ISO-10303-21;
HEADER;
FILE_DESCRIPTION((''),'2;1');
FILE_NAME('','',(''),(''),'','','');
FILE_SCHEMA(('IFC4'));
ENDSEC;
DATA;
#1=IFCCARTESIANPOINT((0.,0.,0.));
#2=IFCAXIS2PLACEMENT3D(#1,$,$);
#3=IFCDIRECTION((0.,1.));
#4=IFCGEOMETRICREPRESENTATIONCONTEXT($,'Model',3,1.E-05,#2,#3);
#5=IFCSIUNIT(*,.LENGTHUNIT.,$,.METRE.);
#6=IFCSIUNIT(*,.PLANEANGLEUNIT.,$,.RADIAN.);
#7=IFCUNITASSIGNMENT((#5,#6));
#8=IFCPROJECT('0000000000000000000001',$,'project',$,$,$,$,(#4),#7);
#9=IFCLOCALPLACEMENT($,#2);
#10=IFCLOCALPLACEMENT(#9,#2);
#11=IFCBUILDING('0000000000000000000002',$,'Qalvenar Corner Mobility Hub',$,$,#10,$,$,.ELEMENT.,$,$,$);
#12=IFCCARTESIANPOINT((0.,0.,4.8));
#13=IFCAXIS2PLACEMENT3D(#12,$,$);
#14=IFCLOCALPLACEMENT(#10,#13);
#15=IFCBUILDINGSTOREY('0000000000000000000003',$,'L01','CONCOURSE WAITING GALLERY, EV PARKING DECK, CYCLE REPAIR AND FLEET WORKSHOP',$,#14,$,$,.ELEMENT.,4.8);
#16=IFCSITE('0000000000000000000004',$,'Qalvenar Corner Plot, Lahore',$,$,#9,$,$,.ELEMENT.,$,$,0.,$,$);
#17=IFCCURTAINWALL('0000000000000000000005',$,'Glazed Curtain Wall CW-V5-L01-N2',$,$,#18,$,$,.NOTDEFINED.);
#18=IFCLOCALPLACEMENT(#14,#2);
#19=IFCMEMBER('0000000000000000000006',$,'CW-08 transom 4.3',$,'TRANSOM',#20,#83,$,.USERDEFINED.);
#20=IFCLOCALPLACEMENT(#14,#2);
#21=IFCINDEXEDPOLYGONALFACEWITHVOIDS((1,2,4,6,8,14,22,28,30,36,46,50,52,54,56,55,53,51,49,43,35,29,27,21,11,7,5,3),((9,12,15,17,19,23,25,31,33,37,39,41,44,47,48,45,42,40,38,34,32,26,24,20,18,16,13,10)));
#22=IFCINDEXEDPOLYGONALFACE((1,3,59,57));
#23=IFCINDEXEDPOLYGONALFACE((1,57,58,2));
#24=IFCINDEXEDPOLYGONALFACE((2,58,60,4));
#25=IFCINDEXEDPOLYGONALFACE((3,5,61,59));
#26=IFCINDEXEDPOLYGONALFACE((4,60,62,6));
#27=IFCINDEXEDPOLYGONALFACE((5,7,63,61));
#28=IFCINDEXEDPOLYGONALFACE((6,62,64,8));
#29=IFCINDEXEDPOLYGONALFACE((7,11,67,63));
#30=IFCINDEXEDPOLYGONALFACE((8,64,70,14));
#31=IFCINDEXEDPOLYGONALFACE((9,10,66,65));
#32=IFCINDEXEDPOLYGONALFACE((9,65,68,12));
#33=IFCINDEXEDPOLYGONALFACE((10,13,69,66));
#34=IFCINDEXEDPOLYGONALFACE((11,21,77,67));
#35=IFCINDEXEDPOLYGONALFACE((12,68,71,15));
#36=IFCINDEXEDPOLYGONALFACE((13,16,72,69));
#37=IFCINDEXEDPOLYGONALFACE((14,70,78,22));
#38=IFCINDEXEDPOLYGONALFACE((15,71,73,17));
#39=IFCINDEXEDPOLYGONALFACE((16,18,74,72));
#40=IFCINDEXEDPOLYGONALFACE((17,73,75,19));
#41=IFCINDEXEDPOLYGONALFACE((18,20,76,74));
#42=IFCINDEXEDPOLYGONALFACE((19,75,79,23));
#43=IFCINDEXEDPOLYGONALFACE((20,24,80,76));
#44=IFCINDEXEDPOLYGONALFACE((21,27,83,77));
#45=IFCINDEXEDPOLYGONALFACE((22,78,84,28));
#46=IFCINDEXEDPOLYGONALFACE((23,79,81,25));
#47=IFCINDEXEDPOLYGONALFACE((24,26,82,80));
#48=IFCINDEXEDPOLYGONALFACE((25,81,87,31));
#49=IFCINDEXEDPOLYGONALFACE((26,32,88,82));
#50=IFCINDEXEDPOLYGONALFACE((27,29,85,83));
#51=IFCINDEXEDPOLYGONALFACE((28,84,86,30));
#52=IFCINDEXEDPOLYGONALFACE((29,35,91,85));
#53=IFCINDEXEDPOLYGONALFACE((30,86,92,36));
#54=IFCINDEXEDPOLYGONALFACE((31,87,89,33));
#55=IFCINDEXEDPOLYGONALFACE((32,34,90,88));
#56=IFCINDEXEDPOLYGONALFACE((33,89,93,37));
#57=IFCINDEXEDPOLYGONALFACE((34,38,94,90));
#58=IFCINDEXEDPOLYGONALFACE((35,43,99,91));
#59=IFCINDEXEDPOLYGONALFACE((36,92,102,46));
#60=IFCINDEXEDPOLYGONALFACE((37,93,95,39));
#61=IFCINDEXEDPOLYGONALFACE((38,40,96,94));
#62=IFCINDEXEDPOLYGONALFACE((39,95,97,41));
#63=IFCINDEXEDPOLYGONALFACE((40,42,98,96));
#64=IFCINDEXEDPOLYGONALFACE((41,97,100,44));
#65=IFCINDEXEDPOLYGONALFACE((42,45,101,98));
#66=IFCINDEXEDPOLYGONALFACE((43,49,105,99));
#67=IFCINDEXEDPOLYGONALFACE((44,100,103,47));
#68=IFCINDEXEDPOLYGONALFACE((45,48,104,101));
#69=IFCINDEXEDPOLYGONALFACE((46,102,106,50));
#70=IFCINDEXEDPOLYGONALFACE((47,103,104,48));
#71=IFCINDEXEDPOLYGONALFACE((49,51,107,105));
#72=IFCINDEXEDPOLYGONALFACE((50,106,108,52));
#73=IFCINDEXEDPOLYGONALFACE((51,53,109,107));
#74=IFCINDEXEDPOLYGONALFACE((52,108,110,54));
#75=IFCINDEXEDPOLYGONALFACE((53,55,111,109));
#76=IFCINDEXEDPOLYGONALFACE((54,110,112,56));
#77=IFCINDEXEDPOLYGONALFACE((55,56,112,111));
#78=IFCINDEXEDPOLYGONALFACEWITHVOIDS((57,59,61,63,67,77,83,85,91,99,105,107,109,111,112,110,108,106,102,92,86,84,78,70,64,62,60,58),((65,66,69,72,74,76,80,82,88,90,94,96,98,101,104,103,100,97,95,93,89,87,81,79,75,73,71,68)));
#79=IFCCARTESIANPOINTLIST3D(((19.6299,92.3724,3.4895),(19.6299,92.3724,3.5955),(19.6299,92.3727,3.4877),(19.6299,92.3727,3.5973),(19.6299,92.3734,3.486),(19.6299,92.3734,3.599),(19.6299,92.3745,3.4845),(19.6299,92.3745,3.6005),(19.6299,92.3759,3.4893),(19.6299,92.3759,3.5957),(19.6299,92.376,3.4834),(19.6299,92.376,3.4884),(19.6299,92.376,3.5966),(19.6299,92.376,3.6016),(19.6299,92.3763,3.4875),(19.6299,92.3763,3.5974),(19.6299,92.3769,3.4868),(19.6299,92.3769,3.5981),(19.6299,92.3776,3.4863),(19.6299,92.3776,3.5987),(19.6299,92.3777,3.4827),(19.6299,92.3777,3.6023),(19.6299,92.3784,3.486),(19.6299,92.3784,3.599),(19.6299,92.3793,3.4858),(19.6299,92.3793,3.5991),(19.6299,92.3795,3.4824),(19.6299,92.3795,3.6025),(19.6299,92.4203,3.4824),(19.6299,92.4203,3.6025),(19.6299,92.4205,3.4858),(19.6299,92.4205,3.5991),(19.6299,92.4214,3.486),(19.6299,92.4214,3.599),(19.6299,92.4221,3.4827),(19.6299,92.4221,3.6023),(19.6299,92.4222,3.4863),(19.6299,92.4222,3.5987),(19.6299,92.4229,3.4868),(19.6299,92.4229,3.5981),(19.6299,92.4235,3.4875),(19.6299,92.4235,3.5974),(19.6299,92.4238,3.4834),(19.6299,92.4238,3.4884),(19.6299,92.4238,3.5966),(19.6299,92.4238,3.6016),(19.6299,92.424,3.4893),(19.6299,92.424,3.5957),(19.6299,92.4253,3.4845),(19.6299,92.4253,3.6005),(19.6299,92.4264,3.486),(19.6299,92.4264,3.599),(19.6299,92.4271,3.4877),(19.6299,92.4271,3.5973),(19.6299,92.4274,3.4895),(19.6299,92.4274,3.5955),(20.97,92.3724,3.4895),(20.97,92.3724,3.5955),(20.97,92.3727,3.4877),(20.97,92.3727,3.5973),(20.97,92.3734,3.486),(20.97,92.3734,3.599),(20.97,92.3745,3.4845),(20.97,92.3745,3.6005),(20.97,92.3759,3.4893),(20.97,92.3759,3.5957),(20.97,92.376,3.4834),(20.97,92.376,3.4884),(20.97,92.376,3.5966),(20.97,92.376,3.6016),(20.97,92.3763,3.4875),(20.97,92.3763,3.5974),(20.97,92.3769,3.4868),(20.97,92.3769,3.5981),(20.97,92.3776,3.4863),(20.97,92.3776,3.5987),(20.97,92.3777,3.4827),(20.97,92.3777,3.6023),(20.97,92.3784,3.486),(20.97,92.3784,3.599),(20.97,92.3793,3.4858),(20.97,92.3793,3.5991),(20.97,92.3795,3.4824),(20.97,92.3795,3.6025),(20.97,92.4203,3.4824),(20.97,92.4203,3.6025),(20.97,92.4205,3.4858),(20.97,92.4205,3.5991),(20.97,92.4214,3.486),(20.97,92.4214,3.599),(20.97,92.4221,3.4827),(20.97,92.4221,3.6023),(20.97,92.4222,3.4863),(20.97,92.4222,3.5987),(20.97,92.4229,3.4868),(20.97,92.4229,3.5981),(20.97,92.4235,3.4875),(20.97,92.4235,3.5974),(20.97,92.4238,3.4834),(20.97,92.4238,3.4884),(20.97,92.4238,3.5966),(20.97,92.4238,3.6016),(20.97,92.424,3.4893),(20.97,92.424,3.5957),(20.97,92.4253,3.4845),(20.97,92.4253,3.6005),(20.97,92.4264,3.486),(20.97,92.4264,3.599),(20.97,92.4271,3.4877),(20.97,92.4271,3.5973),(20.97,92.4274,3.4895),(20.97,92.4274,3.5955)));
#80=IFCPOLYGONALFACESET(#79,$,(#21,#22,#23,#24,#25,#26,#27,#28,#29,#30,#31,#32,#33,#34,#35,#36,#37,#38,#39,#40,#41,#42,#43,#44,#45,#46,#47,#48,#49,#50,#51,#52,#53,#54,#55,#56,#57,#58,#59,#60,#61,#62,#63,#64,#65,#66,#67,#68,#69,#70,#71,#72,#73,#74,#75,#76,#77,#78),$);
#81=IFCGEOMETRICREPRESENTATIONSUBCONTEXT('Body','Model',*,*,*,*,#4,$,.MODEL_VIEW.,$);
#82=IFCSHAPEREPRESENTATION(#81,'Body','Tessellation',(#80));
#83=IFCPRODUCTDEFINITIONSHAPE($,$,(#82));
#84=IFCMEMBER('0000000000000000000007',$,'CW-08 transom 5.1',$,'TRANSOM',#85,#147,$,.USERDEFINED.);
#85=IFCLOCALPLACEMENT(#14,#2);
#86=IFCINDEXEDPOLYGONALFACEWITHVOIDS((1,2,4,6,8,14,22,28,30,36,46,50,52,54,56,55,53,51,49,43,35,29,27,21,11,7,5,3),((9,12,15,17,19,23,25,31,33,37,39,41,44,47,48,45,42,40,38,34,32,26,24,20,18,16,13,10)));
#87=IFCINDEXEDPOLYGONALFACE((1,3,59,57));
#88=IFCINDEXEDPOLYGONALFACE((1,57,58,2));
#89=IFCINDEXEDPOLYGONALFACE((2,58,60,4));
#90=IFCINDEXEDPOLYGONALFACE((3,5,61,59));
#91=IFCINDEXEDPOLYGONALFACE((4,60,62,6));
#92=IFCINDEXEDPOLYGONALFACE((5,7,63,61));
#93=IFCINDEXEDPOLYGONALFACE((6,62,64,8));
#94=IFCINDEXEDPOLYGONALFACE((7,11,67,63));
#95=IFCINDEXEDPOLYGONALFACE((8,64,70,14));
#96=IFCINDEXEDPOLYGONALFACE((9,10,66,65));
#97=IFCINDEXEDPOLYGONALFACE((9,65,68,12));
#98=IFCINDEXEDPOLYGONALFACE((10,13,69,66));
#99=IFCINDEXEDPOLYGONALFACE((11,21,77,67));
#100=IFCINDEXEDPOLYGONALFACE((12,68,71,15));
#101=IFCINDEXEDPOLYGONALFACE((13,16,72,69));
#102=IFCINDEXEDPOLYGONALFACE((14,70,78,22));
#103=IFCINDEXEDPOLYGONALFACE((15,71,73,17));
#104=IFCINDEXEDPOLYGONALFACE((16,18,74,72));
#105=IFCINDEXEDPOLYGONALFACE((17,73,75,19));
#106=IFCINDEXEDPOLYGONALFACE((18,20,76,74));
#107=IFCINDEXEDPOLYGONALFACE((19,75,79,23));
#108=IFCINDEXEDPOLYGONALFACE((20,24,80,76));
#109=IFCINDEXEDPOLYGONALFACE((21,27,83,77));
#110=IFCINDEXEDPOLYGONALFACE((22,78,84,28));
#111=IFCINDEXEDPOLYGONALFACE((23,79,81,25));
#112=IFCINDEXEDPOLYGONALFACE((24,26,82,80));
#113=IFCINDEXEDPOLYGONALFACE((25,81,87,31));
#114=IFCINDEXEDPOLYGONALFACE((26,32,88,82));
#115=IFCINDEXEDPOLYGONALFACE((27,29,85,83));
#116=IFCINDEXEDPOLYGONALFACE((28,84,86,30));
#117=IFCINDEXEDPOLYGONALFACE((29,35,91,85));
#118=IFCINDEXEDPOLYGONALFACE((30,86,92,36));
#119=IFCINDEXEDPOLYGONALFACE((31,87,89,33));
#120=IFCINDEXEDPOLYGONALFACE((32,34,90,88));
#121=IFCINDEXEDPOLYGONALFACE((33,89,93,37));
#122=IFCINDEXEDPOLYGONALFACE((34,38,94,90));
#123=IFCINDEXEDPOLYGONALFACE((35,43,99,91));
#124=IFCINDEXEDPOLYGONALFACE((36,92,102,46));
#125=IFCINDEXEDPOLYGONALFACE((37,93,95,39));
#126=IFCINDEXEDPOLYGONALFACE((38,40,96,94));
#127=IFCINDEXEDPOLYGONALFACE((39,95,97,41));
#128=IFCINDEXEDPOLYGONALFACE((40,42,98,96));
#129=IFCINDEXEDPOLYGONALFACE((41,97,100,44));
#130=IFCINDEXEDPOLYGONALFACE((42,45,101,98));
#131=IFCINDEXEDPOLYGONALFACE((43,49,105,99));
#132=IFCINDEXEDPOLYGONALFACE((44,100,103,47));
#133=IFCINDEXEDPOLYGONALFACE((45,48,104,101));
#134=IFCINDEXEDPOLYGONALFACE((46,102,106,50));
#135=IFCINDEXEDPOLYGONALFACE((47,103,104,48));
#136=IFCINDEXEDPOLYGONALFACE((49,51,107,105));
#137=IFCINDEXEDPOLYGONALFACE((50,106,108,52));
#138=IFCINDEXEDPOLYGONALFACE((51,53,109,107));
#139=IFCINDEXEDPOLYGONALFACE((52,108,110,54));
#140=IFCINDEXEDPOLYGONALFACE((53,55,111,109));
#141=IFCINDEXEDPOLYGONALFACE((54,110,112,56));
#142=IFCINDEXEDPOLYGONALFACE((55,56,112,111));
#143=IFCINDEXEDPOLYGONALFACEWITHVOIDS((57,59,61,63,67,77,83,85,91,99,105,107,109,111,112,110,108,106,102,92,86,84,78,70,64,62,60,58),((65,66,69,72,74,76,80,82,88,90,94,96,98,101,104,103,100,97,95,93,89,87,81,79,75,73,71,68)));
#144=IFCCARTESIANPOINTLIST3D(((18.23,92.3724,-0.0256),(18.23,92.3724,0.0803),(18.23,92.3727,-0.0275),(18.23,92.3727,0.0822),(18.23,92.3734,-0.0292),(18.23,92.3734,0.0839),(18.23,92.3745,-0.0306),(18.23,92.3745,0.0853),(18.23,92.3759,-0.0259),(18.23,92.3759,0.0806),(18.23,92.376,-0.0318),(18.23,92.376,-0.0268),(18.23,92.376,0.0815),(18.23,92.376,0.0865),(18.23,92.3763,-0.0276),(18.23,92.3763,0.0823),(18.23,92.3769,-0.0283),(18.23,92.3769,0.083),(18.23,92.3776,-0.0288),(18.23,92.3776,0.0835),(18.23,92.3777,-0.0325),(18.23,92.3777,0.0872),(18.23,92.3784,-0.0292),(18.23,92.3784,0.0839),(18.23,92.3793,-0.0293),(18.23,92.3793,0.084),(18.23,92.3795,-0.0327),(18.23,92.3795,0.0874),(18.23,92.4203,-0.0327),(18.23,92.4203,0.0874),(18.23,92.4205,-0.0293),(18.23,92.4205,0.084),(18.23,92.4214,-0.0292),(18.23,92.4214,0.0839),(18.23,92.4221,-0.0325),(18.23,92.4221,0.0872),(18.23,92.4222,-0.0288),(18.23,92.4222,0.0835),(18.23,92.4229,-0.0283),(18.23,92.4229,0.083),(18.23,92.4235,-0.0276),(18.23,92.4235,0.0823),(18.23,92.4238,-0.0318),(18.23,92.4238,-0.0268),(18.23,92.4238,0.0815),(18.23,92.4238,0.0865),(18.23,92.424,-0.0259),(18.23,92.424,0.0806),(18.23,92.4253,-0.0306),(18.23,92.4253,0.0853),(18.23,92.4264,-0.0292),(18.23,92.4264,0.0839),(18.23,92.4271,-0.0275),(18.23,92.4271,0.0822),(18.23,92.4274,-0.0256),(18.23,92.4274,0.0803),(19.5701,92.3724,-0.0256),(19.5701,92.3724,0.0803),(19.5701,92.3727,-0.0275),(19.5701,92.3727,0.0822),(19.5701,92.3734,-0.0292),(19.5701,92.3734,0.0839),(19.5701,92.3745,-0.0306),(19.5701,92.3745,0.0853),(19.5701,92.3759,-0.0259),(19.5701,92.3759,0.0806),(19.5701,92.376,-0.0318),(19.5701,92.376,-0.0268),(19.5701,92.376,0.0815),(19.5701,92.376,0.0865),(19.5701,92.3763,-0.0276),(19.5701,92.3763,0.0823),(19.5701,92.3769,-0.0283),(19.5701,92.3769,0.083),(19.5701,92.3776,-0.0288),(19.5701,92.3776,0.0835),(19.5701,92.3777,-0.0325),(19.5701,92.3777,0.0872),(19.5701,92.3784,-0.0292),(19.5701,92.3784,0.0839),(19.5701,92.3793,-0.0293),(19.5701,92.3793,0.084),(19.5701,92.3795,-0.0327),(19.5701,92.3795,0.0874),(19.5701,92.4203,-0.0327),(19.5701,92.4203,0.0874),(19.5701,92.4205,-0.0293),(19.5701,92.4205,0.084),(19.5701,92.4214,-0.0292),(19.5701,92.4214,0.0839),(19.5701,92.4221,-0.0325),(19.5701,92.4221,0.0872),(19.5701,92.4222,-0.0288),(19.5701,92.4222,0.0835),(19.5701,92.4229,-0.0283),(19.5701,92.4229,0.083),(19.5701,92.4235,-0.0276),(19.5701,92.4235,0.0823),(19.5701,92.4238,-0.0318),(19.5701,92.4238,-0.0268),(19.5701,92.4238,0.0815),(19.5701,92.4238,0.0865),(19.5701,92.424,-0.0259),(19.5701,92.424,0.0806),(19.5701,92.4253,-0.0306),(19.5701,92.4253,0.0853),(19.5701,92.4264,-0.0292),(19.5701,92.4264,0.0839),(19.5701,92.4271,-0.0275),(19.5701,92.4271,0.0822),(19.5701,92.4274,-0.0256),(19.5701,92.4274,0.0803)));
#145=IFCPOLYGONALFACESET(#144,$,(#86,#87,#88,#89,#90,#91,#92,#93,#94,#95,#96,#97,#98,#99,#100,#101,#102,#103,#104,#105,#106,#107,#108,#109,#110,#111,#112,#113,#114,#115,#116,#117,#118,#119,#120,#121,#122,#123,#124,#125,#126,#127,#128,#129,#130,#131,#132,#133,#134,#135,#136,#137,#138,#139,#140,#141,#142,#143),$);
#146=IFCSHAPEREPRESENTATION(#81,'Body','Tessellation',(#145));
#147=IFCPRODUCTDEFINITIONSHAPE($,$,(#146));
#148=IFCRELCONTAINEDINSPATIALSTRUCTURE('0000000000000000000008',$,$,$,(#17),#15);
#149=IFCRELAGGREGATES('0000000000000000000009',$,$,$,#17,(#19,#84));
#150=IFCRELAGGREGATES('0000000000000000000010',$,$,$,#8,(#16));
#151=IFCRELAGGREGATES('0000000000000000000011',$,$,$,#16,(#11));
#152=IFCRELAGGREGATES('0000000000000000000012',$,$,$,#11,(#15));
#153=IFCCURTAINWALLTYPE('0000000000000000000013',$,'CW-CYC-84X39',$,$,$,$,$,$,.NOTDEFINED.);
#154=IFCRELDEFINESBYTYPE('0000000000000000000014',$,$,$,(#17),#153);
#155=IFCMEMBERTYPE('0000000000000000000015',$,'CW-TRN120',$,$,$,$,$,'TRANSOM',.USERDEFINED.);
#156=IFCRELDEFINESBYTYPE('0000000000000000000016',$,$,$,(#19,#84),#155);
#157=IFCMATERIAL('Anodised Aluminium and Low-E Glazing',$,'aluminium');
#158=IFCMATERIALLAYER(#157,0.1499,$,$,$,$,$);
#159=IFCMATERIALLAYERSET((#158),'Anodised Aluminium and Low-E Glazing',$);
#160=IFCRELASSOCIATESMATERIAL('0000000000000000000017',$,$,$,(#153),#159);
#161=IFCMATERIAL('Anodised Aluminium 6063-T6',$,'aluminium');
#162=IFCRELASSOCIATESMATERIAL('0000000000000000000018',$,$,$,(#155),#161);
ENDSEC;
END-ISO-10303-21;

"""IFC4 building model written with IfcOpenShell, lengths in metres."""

from ifc_helpers import new_model, si_unit, direction, frame, origin, origin_2d, place, context, subcontext, project, spatial, hollow_rectangle, extrude, material, layer, layer_set, material_profile, profile_set, type_object, element, aggregate, save


model = new_model("IFC4")

# Units and contexts
model_context = context("Model", 3, precision=1e-05, world=origin(), true_north=direction((0.0, 1.0)))
body_context = subcontext(model_context, "Body", "Model", "MODEL_VIEW")
ifc_project = project(units=[si_unit("LENGTHUNIT", "METRE"), si_unit("PLANEANGLEUNIT", "RADIAN")], contexts=[model_context])

# Site, building, storey
site_placement = place(None, origin())
site = spatial("IfcSite", under=ifc_project, at=site_placement, Name="Qalvenar Corner Plot, Lahore", CompositionType="ELEMENT", RefElevation=0.0)
building_placement = place(site_placement, origin())
building = spatial("IfcBuilding", under=site, at=building_placement, Name="Qalvenar Corner Mobility Hub", CompositionType="ELEMENT")
storey_placement = place(building_placement, frame((0.0, 0.0, 4.8)))
storey = spatial("IfcBuildingStorey", under=building, at=storey_placement, Name="L01", Description="CONCOURSE WAITING GALLERY, EV PARKING DECK, CYCLE REPAIR AND FLEET WORKSHOP", CompositionType="ELEMENT", Elevation=4.8)

# Curtain wall, members
ifc_material_1 = material(Name="Anodised Aluminium and Low-E Glazing", Category="aluminium")
ifc_layer_1 = layer(ifc_material_1, 0.1499)
ifc_layer_set_1 = layer_set([ifc_layer_1], Name="Anodised Aluminium and Low-E Glazing")
curtain_wall_type = type_object("IfcCurtainWallType", Name="CW-CYC-84X39", PredefinedType="NOTDEFINED", material=ifc_layer_set_1)
curtain_wall_placement = place(storey_placement, origin())
curtain_wall = element("IfcCurtainWall", 1, at=curtain_wall_placement, inside=storey, type_object=curtain_wall_type, Name="Glazed Curtain Wall CW-V5-L01-N2", PredefinedType="NOTDEFINED")
ifc_material_2 = material(Name="Anodised Aluminium 6063-T6", Category="aluminium")
ifc_material_profile_1 = material_profile(ifc_material_2, hollow_rectangle(XDim=0.0549, YDim=0.1201, WallThickness=0.0034, InnerFilletRadius=0.0034, OuterFilletRadius=0.0071, at=origin_2d()), Name="RHS120x55x3.5")
ifc_profile_set_1 = profile_set([ifc_material_profile_1], Name="Anodised Aluminium 6063-T6")
member_type_1 = type_object("IfcMemberType", Name="CW-TRN120", ElementType="TRANSOM", PredefinedType="USERDEFINED", material=ifc_profile_set_1)
member_1_placement = place(storey_placement, frame((20.97, 92.3999, 3.5425), z_axis=(-1.0, 0.0, 0.0), x_axis=(0.0, -1.0, 0.0)))
member_1 = element("IfcMember", 2, at=member_1_placement, type_object=member_type_1, Name="CW-08 transom 4.3", ObjectType="TRANSOM", PredefinedType="USERDEFINED", context=body_context, shape_type="SweptSolid", body=[
    extrude(hollow_rectangle(XDim=0.0549, YDim=0.1201, WallThickness=0.0034, InnerFilletRadius=0.0034, OuterFilletRadius=0.0071, at=origin_2d()), origin(), (0.0, 0.0, 1.0), 1.3401),
])
member_2_placement = place(storey_placement, frame((19.5701, 92.3999, 0.0273), z_axis=(-1.0, 0.0, 0.0), x_axis=(0.0, -1.0, 0.0)))
member_2 = element("IfcMember", 3, at=member_2_placement, type_object=member_type_1, Name="CW-08 transom 5.1", ObjectType="TRANSOM", PredefinedType="USERDEFINED", context=body_context, shape_type="SweptSolid", body=[
    extrude(hollow_rectangle(XDim=0.0549, YDim=0.1201, WallThickness=0.0034, InnerFilletRadius=0.0034, OuterFilletRadius=0.0071, at=origin_2d()), origin(), (0.0, 0.0, 1.0), 1.3401),
])
aggregate(curtain_wall, [member_1, member_2])

save(model, "model.ifc")
